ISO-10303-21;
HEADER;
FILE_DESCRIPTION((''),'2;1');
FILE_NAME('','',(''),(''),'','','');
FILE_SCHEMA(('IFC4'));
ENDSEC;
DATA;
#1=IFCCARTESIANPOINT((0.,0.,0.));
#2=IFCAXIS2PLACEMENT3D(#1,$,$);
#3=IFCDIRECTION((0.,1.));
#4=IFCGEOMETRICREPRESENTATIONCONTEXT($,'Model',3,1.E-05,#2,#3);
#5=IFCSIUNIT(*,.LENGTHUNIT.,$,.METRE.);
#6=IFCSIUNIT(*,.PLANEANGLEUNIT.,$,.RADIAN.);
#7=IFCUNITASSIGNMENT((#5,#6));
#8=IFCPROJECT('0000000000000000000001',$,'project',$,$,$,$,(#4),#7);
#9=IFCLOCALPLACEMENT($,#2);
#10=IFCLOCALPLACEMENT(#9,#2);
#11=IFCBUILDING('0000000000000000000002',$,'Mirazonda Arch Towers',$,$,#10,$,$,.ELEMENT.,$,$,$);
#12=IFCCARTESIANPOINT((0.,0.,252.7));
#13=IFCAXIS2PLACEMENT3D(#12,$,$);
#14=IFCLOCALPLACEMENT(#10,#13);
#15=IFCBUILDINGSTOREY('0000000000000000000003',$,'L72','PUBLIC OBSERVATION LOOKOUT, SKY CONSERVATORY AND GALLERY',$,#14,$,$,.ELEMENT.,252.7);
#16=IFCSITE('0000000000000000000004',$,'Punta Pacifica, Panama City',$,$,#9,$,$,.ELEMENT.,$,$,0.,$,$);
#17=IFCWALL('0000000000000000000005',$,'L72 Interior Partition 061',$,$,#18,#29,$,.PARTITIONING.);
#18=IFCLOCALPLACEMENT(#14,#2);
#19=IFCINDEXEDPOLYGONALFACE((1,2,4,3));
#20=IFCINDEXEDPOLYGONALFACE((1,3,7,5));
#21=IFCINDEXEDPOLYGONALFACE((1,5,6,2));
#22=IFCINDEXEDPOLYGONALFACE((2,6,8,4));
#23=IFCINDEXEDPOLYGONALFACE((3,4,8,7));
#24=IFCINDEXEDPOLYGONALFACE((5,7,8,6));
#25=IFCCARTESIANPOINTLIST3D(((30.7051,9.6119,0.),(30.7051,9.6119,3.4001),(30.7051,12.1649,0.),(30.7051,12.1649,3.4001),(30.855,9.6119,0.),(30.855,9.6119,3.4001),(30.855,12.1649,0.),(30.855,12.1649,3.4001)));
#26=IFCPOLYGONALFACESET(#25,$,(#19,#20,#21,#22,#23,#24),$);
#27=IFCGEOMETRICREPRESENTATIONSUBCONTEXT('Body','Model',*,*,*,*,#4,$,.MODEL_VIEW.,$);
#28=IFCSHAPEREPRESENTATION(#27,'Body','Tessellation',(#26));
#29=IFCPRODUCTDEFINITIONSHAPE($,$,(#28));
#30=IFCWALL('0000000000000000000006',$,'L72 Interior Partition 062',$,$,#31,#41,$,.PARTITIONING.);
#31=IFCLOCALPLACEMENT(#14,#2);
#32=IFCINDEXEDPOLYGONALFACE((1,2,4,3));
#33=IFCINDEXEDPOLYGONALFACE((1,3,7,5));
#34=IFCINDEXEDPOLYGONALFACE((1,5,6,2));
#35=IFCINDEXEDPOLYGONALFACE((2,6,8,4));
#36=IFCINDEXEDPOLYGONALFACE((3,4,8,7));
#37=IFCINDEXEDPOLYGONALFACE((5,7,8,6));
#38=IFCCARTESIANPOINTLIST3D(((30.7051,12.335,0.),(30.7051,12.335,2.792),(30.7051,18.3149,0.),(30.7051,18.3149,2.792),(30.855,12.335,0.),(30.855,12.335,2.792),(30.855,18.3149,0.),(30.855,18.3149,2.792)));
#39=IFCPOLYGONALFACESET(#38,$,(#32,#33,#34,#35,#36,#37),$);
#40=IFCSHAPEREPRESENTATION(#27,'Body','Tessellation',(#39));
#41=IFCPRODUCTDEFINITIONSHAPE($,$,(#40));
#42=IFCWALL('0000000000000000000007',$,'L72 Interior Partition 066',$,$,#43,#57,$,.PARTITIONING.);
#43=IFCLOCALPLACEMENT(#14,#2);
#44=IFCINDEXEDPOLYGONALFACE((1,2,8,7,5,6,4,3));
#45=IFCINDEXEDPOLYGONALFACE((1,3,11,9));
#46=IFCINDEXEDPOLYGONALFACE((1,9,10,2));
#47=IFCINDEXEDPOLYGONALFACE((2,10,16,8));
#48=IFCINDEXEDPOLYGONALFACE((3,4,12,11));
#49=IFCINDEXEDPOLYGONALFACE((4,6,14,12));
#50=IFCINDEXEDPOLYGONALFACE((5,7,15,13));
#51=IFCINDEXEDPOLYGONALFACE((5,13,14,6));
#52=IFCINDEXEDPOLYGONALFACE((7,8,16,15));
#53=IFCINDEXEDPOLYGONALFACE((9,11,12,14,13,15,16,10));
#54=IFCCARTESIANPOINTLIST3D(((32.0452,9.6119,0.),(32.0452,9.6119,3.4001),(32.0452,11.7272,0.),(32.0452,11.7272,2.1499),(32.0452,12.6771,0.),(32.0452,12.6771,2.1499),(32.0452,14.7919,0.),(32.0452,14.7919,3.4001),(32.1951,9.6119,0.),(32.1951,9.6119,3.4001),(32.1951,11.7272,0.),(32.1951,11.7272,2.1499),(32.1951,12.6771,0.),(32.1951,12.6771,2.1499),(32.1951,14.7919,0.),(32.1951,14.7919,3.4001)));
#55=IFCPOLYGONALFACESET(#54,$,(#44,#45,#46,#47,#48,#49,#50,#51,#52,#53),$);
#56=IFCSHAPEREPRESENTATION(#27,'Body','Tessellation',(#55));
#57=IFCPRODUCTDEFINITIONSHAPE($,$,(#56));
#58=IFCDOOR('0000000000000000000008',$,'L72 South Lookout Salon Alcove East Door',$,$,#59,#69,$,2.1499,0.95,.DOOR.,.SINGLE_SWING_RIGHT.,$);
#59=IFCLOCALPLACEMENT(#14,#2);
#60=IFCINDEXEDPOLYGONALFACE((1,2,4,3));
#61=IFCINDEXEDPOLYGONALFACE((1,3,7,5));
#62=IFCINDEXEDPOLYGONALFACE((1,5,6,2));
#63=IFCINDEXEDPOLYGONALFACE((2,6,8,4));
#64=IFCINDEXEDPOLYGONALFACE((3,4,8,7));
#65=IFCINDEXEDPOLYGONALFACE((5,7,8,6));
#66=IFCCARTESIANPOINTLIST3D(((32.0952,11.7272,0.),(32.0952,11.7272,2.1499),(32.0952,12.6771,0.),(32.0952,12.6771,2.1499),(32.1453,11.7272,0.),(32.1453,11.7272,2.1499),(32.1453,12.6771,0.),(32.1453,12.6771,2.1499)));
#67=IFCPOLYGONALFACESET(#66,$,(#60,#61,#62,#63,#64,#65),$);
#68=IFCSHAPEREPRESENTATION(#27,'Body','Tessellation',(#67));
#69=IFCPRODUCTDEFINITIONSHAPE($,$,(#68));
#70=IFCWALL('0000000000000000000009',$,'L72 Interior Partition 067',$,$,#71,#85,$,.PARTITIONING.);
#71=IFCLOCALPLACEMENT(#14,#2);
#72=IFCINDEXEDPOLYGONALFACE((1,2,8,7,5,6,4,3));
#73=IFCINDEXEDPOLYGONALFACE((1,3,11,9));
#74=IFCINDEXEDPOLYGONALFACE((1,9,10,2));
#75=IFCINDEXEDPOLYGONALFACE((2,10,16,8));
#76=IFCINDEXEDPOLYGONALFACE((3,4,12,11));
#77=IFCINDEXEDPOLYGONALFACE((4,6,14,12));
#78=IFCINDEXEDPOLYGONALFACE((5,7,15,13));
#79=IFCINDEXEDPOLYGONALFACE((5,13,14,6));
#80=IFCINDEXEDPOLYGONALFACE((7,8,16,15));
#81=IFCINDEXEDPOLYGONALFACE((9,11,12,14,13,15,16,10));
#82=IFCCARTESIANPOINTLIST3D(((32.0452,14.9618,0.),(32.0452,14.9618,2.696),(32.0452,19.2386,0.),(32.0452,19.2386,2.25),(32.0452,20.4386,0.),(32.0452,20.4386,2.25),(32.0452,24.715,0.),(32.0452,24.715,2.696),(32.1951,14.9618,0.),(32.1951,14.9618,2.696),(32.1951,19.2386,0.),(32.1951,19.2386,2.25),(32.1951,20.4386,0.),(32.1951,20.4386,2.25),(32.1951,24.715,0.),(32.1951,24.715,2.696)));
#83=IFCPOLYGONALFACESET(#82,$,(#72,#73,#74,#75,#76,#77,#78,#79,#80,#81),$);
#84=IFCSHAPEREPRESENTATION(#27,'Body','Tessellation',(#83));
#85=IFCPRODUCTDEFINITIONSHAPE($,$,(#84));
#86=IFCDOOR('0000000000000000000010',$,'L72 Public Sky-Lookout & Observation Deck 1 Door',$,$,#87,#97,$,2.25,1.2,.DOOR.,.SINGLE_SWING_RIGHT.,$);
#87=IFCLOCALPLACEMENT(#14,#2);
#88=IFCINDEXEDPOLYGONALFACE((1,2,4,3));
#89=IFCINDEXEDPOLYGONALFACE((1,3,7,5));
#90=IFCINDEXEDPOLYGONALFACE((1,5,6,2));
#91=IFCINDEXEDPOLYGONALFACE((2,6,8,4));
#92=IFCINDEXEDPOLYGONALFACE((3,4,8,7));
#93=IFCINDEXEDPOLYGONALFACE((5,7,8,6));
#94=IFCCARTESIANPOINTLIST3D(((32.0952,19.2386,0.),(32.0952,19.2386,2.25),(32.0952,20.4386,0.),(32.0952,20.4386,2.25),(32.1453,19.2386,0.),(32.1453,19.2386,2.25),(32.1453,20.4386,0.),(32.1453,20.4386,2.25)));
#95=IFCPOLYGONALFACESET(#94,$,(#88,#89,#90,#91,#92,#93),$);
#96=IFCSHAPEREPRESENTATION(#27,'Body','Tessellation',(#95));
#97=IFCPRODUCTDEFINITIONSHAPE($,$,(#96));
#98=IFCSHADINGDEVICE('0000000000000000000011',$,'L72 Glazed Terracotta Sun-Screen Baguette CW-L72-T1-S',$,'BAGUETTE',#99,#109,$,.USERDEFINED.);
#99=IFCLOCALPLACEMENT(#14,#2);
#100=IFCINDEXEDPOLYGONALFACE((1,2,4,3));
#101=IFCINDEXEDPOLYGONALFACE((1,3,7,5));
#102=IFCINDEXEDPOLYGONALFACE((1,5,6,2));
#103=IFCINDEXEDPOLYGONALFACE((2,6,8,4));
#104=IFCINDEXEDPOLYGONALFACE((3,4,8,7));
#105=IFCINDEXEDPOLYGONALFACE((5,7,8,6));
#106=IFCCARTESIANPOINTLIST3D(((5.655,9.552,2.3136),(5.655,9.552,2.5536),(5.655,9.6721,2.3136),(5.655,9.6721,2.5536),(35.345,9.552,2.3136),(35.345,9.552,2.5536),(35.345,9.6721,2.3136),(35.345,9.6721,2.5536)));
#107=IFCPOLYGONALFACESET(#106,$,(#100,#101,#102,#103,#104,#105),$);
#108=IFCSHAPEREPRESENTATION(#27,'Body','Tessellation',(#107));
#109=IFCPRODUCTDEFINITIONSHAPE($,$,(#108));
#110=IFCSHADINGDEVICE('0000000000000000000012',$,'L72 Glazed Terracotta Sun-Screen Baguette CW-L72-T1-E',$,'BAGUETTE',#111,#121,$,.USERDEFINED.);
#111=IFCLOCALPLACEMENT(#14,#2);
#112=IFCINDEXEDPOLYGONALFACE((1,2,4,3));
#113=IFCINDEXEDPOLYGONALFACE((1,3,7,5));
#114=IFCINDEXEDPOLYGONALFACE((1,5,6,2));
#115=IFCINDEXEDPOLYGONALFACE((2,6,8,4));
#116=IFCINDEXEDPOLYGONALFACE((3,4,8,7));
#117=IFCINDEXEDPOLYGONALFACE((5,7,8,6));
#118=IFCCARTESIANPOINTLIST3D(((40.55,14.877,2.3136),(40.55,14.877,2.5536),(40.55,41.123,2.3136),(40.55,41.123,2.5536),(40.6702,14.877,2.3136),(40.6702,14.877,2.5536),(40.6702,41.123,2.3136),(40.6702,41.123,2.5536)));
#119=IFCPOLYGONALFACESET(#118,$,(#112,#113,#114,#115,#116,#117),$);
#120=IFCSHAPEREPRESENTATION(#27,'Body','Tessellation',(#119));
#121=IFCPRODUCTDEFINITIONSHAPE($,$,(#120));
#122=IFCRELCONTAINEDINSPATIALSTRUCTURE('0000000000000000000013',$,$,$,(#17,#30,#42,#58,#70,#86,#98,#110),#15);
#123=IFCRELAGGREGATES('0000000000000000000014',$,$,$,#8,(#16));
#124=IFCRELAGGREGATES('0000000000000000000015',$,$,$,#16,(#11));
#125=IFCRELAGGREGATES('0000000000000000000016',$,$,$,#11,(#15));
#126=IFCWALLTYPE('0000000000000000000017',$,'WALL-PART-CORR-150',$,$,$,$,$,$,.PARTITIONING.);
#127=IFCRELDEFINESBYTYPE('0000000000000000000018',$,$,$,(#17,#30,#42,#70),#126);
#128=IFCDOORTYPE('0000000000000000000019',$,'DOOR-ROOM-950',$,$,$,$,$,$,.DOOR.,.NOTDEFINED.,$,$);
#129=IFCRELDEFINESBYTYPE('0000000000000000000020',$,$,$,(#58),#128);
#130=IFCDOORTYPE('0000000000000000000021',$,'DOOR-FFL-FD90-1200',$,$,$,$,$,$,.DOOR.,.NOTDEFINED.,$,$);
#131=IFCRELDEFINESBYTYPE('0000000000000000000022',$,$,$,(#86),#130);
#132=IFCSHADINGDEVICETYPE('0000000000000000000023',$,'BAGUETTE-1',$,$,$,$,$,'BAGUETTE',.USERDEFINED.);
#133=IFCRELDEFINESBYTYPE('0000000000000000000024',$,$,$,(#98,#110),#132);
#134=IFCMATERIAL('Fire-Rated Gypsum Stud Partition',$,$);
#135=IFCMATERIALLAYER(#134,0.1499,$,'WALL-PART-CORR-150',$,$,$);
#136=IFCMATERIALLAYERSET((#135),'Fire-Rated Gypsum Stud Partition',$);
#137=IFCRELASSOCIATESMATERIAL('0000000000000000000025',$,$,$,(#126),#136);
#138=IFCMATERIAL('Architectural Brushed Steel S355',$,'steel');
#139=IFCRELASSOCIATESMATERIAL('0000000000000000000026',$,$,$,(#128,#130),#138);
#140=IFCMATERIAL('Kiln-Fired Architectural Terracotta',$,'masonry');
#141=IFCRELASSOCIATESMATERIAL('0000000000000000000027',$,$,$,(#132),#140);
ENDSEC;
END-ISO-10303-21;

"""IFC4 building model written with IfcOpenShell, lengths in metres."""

from ifc_helpers import new_model, si_unit, direction, frame, frame_2d, origin, origin_2d, place, context, subcontext, project, spatial, rectangle, extrude, material, layer, layer_set, material_profile, profile_set, type_object, element, fill, save


model = new_model("IFC4")

# Units and contexts
model_context = context("Model", 3, precision=1e-05, world=origin(), true_north=direction((0.0, 1.0)))
body_context = subcontext(model_context, "Body", "Model", "MODEL_VIEW")
ifc_project = project(units=[si_unit("LENGTHUNIT", "METRE"), si_unit("PLANEANGLEUNIT", "RADIAN")], contexts=[model_context])

# Site, building, storey
site_placement = place(None, origin())
site = spatial("IfcSite", under=ifc_project, at=site_placement, Name="Punta Pacifica, Panama City", CompositionType="ELEMENT", RefElevation=0.0)
building_placement = place(site_placement, origin())
building = spatial("IfcBuilding", under=site, at=building_placement, Name="Mirazonda Arch Towers", CompositionType="ELEMENT")
storey_placement = place(building_placement, frame((0.0, 0.0, 252.7)))
storey = spatial("IfcBuildingStorey", under=building, at=storey_placement, Name="L72", Description="PUBLIC OBSERVATION LOOKOUT, SKY CONSERVATORY AND GALLERY", CompositionType="ELEMENT", Elevation=252.7)

# Walls
ifc_material_1 = material(Name="Fire-Rated Gypsum Stud Partition")
ifc_layer_1 = layer(ifc_material_1, 0.1499, Name="WALL-PART-CORR-150")
ifc_layer_set_1 = layer_set([ifc_layer_1], Name="Fire-Rated Gypsum Stud Partition")
wall_type_1 = type_object("IfcWallType", Name="WALL-PART-CORR-150", PredefinedType="PARTITIONING", material=ifc_layer_set_1)
wall_1_placement = place(storey_placement, frame((30.78, 9.6121, 0.0), z_axis=(0.0, 0.0, 1.0), x_axis=(0.0, 1.0, 0.0)))
element("IfcWall", 1, at=wall_1_placement, inside=storey, type_object=wall_type_1, Name="L72 Interior Partition 061", PredefinedType="PARTITIONING", context=body_context, shape_type="SweptSolid", body=[
    extrude(rectangle(XDim=2.553, YDim=0.1499, at=frame_2d((1.2764, 0.0))), origin(), (0.0, 0.0, 1.0), 3.4001),
])
wall_2_placement = place(storey_placement, frame((30.78, 12.335, 0.0), z_axis=(0.0, 0.0, 1.0), x_axis=(0.0, 1.0, 0.0)))
element("IfcWall", 2, at=wall_2_placement, inside=storey, type_object=wall_type_1, Name="L72 Interior Partition 062", PredefinedType="PARTITIONING", context=body_context, shape_type="SweptSolid", body=[
    extrude(rectangle(XDim=5.98, YDim=0.1499, at=frame_2d((2.99, 0.0))), origin(), (0.0, 0.0, 1.0), 2.792),
])

# Walls, openings, doors
wall_3_placement = place(storey_placement, frame((32.1201, 9.6121, 0.0), z_axis=(0.0, 0.0, 1.0), x_axis=(0.0, 1.0, 0.0)))
wall_3 = element("IfcWall", 3, at=wall_3_placement, inside=storey, type_object=wall_type_1, Name="L72 Interior Partition 066", PredefinedType="PARTITIONING", context=body_context, shape_type="SweptSolid", body=[
    extrude(rectangle(XDim=5.1799, YDim=0.1499, at=frame_2d((2.5898, 0.0))), origin(), (0.0, 0.0, 1.0), 3.4001),
])
opening_1_placement = place(wall_3_placement, frame((2.115, 0.0, 0.0)))
opening_1 = element("IfcOpeningElement", 4, at=opening_1_placement, cuts=wall_3, PredefinedType="OPENING", context=body_context, shape_type="SweptSolid", body=[
    extrude(rectangle(XDim=0.95, YDim=2.1499, at=frame_2d((0.4751, 1.075))), frame((0.0, 0.085, 0.0), z_axis=(0.0, -1.0, 0.0), x_axis=(1.0, 0.0, 0.0)), (0.0, 0.0, 1.0), 0.1699),
])
ifc_material_2 = material(Name="Architectural Brushed Steel S355", Category="steel")
door_type_1 = type_object("IfcDoorType", Name="DOOR-ROOM-950", OperationType="NOTDEFINED", PredefinedType="DOOR", material=ifc_material_2)
door_1_placement = place(opening_1_placement, origin())
door_1 = element("IfcDoor", 5, at=door_1_placement, inside=storey, type_object=door_type_1, Name="L72 South Lookout Salon Alcove East Door", OperationType="SINGLE_SWING_RIGHT", OverallHeight=2.1499, OverallWidth=0.95, PredefinedType="DOOR", context=body_context, shape_type="SweptSolid", body=[
    extrude(rectangle(XDim=0.95, YDim=2.1499, at=frame_2d((0.4751, 1.075))), frame((0.0, 0.0249, 0.0), z_axis=(0.0, -1.0, 0.0), x_axis=(1.0, 0.0, 0.0)), (0.0, 0.0, 1.0), 0.05),
])
fill(opening_1, door_1)
wall_4_placement = place(storey_placement, frame((32.1201, 14.9619, 0.0), z_axis=(0.0, 0.0, 1.0), x_axis=(0.0, 1.0, 0.0)))
wall_4 = element("IfcWall", 6, at=wall_4_placement, inside=storey, type_object=wall_type_1, Name="L72 Interior Partition 067", PredefinedType="PARTITIONING", context=body_context, shape_type="SweptSolid", body=[
    extrude(rectangle(XDim=9.7532, YDim=0.1499, at=frame_2d((4.8765, 0.0))), origin(), (0.0, 0.0, 1.0), 2.696),
])
opening_2_placement = place(wall_4_placement, frame((4.2766, 0.0, 0.0)))
opening_2 = element("IfcOpeningElement", 7, at=opening_2_placement, cuts=wall_4, PredefinedType="OPENING", context=body_context, shape_type="SweptSolid", body=[
    extrude(rectangle(XDim=1.2, YDim=2.25, at=frame_2d((0.6001, 1.125))), frame((0.0, 0.085, 0.0), z_axis=(0.0, -1.0, 0.0), x_axis=(1.0, 0.0, 0.0)), (0.0, 0.0, 1.0), 0.1699),
])
door_type_2 = type_object("IfcDoorType", Name="DOOR-FFL-FD90-1200", OperationType="NOTDEFINED", PredefinedType="DOOR", material=ifc_material_2)
door_2_placement = place(opening_2_placement, origin())
door_2 = element("IfcDoor", 8, at=door_2_placement, inside=storey, type_object=door_type_2, Name="L72 Public Sky-Lookout & Observation Deck 1 Door", OperationType="SINGLE_SWING_RIGHT", OverallHeight=2.25, OverallWidth=1.2, PredefinedType="DOOR", context=body_context, shape_type="SweptSolid", body=[
    extrude(rectangle(XDim=1.2, YDim=2.25, at=frame_2d((0.6001, 1.125))), frame((0.0, 0.0249, 0.0), z_axis=(0.0, -1.0, 0.0), x_axis=(1.0, 0.0, 0.0)), (0.0, 0.0, 1.0), 0.05),
])
fill(opening_2, door_2)

# Shading devices
ifc_material_3 = material(Name="Kiln-Fired Architectural Terracotta", Category="masonry")
ifc_material_profile_1 = material_profile(ifc_material_3, rectangle(XDim=0.1201, YDim=0.24, at=origin_2d()), Name="TERRA-BAG-120x240")
ifc_profile_set_1 = profile_set([ifc_material_profile_1], Name="Kiln-Fired Architectural Terracotta")
shading_device_type = type_object("IfcShadingDeviceType", Name="BAGUETTE-1", ElementType="BAGUETTE", PredefinedType="USERDEFINED", material=ifc_profile_set_1)
shading_device_1_placement = place(storey_placement, frame((35.345, 9.6121, 2.4336), z_axis=(-1.0, 0.0, 0.0), x_axis=(0.0, -1.0, 0.0)))
element("IfcShadingDevice", 9, at=shading_device_1_placement, inside=storey, type_object=shading_device_type, Name="L72 Glazed Terracotta Sun-Screen Baguette CW-L72-T1-S", ObjectType="BAGUETTE", PredefinedType="USERDEFINED", context=body_context, shape_type="SweptSolid", body=[
    extrude(rectangle(XDim=0.1201, YDim=0.24, at=origin_2d()), origin(), (0.0, 0.0, 1.0), 29.6899),
])
shading_device_2_placement = place(storey_placement, frame((40.6101, 14.877, 2.4336), z_axis=(0.0, 1.0, 0.0), x_axis=(-1.0, 0.0, 0.0)))
element("IfcShadingDevice", 10, at=shading_device_2_placement, inside=storey, type_object=shading_device_type, Name="L72 Glazed Terracotta Sun-Screen Baguette CW-L72-T1-E", ObjectType="BAGUETTE", PredefinedType="USERDEFINED", context=body_context, shape_type="SweptSolid", body=[
    extrude(rectangle(XDim=0.1201, YDim=0.24, at=origin_2d()), origin(), (0.0, 0.0, 1.0), 26.2461),
])

save(model, "model.ifc")
